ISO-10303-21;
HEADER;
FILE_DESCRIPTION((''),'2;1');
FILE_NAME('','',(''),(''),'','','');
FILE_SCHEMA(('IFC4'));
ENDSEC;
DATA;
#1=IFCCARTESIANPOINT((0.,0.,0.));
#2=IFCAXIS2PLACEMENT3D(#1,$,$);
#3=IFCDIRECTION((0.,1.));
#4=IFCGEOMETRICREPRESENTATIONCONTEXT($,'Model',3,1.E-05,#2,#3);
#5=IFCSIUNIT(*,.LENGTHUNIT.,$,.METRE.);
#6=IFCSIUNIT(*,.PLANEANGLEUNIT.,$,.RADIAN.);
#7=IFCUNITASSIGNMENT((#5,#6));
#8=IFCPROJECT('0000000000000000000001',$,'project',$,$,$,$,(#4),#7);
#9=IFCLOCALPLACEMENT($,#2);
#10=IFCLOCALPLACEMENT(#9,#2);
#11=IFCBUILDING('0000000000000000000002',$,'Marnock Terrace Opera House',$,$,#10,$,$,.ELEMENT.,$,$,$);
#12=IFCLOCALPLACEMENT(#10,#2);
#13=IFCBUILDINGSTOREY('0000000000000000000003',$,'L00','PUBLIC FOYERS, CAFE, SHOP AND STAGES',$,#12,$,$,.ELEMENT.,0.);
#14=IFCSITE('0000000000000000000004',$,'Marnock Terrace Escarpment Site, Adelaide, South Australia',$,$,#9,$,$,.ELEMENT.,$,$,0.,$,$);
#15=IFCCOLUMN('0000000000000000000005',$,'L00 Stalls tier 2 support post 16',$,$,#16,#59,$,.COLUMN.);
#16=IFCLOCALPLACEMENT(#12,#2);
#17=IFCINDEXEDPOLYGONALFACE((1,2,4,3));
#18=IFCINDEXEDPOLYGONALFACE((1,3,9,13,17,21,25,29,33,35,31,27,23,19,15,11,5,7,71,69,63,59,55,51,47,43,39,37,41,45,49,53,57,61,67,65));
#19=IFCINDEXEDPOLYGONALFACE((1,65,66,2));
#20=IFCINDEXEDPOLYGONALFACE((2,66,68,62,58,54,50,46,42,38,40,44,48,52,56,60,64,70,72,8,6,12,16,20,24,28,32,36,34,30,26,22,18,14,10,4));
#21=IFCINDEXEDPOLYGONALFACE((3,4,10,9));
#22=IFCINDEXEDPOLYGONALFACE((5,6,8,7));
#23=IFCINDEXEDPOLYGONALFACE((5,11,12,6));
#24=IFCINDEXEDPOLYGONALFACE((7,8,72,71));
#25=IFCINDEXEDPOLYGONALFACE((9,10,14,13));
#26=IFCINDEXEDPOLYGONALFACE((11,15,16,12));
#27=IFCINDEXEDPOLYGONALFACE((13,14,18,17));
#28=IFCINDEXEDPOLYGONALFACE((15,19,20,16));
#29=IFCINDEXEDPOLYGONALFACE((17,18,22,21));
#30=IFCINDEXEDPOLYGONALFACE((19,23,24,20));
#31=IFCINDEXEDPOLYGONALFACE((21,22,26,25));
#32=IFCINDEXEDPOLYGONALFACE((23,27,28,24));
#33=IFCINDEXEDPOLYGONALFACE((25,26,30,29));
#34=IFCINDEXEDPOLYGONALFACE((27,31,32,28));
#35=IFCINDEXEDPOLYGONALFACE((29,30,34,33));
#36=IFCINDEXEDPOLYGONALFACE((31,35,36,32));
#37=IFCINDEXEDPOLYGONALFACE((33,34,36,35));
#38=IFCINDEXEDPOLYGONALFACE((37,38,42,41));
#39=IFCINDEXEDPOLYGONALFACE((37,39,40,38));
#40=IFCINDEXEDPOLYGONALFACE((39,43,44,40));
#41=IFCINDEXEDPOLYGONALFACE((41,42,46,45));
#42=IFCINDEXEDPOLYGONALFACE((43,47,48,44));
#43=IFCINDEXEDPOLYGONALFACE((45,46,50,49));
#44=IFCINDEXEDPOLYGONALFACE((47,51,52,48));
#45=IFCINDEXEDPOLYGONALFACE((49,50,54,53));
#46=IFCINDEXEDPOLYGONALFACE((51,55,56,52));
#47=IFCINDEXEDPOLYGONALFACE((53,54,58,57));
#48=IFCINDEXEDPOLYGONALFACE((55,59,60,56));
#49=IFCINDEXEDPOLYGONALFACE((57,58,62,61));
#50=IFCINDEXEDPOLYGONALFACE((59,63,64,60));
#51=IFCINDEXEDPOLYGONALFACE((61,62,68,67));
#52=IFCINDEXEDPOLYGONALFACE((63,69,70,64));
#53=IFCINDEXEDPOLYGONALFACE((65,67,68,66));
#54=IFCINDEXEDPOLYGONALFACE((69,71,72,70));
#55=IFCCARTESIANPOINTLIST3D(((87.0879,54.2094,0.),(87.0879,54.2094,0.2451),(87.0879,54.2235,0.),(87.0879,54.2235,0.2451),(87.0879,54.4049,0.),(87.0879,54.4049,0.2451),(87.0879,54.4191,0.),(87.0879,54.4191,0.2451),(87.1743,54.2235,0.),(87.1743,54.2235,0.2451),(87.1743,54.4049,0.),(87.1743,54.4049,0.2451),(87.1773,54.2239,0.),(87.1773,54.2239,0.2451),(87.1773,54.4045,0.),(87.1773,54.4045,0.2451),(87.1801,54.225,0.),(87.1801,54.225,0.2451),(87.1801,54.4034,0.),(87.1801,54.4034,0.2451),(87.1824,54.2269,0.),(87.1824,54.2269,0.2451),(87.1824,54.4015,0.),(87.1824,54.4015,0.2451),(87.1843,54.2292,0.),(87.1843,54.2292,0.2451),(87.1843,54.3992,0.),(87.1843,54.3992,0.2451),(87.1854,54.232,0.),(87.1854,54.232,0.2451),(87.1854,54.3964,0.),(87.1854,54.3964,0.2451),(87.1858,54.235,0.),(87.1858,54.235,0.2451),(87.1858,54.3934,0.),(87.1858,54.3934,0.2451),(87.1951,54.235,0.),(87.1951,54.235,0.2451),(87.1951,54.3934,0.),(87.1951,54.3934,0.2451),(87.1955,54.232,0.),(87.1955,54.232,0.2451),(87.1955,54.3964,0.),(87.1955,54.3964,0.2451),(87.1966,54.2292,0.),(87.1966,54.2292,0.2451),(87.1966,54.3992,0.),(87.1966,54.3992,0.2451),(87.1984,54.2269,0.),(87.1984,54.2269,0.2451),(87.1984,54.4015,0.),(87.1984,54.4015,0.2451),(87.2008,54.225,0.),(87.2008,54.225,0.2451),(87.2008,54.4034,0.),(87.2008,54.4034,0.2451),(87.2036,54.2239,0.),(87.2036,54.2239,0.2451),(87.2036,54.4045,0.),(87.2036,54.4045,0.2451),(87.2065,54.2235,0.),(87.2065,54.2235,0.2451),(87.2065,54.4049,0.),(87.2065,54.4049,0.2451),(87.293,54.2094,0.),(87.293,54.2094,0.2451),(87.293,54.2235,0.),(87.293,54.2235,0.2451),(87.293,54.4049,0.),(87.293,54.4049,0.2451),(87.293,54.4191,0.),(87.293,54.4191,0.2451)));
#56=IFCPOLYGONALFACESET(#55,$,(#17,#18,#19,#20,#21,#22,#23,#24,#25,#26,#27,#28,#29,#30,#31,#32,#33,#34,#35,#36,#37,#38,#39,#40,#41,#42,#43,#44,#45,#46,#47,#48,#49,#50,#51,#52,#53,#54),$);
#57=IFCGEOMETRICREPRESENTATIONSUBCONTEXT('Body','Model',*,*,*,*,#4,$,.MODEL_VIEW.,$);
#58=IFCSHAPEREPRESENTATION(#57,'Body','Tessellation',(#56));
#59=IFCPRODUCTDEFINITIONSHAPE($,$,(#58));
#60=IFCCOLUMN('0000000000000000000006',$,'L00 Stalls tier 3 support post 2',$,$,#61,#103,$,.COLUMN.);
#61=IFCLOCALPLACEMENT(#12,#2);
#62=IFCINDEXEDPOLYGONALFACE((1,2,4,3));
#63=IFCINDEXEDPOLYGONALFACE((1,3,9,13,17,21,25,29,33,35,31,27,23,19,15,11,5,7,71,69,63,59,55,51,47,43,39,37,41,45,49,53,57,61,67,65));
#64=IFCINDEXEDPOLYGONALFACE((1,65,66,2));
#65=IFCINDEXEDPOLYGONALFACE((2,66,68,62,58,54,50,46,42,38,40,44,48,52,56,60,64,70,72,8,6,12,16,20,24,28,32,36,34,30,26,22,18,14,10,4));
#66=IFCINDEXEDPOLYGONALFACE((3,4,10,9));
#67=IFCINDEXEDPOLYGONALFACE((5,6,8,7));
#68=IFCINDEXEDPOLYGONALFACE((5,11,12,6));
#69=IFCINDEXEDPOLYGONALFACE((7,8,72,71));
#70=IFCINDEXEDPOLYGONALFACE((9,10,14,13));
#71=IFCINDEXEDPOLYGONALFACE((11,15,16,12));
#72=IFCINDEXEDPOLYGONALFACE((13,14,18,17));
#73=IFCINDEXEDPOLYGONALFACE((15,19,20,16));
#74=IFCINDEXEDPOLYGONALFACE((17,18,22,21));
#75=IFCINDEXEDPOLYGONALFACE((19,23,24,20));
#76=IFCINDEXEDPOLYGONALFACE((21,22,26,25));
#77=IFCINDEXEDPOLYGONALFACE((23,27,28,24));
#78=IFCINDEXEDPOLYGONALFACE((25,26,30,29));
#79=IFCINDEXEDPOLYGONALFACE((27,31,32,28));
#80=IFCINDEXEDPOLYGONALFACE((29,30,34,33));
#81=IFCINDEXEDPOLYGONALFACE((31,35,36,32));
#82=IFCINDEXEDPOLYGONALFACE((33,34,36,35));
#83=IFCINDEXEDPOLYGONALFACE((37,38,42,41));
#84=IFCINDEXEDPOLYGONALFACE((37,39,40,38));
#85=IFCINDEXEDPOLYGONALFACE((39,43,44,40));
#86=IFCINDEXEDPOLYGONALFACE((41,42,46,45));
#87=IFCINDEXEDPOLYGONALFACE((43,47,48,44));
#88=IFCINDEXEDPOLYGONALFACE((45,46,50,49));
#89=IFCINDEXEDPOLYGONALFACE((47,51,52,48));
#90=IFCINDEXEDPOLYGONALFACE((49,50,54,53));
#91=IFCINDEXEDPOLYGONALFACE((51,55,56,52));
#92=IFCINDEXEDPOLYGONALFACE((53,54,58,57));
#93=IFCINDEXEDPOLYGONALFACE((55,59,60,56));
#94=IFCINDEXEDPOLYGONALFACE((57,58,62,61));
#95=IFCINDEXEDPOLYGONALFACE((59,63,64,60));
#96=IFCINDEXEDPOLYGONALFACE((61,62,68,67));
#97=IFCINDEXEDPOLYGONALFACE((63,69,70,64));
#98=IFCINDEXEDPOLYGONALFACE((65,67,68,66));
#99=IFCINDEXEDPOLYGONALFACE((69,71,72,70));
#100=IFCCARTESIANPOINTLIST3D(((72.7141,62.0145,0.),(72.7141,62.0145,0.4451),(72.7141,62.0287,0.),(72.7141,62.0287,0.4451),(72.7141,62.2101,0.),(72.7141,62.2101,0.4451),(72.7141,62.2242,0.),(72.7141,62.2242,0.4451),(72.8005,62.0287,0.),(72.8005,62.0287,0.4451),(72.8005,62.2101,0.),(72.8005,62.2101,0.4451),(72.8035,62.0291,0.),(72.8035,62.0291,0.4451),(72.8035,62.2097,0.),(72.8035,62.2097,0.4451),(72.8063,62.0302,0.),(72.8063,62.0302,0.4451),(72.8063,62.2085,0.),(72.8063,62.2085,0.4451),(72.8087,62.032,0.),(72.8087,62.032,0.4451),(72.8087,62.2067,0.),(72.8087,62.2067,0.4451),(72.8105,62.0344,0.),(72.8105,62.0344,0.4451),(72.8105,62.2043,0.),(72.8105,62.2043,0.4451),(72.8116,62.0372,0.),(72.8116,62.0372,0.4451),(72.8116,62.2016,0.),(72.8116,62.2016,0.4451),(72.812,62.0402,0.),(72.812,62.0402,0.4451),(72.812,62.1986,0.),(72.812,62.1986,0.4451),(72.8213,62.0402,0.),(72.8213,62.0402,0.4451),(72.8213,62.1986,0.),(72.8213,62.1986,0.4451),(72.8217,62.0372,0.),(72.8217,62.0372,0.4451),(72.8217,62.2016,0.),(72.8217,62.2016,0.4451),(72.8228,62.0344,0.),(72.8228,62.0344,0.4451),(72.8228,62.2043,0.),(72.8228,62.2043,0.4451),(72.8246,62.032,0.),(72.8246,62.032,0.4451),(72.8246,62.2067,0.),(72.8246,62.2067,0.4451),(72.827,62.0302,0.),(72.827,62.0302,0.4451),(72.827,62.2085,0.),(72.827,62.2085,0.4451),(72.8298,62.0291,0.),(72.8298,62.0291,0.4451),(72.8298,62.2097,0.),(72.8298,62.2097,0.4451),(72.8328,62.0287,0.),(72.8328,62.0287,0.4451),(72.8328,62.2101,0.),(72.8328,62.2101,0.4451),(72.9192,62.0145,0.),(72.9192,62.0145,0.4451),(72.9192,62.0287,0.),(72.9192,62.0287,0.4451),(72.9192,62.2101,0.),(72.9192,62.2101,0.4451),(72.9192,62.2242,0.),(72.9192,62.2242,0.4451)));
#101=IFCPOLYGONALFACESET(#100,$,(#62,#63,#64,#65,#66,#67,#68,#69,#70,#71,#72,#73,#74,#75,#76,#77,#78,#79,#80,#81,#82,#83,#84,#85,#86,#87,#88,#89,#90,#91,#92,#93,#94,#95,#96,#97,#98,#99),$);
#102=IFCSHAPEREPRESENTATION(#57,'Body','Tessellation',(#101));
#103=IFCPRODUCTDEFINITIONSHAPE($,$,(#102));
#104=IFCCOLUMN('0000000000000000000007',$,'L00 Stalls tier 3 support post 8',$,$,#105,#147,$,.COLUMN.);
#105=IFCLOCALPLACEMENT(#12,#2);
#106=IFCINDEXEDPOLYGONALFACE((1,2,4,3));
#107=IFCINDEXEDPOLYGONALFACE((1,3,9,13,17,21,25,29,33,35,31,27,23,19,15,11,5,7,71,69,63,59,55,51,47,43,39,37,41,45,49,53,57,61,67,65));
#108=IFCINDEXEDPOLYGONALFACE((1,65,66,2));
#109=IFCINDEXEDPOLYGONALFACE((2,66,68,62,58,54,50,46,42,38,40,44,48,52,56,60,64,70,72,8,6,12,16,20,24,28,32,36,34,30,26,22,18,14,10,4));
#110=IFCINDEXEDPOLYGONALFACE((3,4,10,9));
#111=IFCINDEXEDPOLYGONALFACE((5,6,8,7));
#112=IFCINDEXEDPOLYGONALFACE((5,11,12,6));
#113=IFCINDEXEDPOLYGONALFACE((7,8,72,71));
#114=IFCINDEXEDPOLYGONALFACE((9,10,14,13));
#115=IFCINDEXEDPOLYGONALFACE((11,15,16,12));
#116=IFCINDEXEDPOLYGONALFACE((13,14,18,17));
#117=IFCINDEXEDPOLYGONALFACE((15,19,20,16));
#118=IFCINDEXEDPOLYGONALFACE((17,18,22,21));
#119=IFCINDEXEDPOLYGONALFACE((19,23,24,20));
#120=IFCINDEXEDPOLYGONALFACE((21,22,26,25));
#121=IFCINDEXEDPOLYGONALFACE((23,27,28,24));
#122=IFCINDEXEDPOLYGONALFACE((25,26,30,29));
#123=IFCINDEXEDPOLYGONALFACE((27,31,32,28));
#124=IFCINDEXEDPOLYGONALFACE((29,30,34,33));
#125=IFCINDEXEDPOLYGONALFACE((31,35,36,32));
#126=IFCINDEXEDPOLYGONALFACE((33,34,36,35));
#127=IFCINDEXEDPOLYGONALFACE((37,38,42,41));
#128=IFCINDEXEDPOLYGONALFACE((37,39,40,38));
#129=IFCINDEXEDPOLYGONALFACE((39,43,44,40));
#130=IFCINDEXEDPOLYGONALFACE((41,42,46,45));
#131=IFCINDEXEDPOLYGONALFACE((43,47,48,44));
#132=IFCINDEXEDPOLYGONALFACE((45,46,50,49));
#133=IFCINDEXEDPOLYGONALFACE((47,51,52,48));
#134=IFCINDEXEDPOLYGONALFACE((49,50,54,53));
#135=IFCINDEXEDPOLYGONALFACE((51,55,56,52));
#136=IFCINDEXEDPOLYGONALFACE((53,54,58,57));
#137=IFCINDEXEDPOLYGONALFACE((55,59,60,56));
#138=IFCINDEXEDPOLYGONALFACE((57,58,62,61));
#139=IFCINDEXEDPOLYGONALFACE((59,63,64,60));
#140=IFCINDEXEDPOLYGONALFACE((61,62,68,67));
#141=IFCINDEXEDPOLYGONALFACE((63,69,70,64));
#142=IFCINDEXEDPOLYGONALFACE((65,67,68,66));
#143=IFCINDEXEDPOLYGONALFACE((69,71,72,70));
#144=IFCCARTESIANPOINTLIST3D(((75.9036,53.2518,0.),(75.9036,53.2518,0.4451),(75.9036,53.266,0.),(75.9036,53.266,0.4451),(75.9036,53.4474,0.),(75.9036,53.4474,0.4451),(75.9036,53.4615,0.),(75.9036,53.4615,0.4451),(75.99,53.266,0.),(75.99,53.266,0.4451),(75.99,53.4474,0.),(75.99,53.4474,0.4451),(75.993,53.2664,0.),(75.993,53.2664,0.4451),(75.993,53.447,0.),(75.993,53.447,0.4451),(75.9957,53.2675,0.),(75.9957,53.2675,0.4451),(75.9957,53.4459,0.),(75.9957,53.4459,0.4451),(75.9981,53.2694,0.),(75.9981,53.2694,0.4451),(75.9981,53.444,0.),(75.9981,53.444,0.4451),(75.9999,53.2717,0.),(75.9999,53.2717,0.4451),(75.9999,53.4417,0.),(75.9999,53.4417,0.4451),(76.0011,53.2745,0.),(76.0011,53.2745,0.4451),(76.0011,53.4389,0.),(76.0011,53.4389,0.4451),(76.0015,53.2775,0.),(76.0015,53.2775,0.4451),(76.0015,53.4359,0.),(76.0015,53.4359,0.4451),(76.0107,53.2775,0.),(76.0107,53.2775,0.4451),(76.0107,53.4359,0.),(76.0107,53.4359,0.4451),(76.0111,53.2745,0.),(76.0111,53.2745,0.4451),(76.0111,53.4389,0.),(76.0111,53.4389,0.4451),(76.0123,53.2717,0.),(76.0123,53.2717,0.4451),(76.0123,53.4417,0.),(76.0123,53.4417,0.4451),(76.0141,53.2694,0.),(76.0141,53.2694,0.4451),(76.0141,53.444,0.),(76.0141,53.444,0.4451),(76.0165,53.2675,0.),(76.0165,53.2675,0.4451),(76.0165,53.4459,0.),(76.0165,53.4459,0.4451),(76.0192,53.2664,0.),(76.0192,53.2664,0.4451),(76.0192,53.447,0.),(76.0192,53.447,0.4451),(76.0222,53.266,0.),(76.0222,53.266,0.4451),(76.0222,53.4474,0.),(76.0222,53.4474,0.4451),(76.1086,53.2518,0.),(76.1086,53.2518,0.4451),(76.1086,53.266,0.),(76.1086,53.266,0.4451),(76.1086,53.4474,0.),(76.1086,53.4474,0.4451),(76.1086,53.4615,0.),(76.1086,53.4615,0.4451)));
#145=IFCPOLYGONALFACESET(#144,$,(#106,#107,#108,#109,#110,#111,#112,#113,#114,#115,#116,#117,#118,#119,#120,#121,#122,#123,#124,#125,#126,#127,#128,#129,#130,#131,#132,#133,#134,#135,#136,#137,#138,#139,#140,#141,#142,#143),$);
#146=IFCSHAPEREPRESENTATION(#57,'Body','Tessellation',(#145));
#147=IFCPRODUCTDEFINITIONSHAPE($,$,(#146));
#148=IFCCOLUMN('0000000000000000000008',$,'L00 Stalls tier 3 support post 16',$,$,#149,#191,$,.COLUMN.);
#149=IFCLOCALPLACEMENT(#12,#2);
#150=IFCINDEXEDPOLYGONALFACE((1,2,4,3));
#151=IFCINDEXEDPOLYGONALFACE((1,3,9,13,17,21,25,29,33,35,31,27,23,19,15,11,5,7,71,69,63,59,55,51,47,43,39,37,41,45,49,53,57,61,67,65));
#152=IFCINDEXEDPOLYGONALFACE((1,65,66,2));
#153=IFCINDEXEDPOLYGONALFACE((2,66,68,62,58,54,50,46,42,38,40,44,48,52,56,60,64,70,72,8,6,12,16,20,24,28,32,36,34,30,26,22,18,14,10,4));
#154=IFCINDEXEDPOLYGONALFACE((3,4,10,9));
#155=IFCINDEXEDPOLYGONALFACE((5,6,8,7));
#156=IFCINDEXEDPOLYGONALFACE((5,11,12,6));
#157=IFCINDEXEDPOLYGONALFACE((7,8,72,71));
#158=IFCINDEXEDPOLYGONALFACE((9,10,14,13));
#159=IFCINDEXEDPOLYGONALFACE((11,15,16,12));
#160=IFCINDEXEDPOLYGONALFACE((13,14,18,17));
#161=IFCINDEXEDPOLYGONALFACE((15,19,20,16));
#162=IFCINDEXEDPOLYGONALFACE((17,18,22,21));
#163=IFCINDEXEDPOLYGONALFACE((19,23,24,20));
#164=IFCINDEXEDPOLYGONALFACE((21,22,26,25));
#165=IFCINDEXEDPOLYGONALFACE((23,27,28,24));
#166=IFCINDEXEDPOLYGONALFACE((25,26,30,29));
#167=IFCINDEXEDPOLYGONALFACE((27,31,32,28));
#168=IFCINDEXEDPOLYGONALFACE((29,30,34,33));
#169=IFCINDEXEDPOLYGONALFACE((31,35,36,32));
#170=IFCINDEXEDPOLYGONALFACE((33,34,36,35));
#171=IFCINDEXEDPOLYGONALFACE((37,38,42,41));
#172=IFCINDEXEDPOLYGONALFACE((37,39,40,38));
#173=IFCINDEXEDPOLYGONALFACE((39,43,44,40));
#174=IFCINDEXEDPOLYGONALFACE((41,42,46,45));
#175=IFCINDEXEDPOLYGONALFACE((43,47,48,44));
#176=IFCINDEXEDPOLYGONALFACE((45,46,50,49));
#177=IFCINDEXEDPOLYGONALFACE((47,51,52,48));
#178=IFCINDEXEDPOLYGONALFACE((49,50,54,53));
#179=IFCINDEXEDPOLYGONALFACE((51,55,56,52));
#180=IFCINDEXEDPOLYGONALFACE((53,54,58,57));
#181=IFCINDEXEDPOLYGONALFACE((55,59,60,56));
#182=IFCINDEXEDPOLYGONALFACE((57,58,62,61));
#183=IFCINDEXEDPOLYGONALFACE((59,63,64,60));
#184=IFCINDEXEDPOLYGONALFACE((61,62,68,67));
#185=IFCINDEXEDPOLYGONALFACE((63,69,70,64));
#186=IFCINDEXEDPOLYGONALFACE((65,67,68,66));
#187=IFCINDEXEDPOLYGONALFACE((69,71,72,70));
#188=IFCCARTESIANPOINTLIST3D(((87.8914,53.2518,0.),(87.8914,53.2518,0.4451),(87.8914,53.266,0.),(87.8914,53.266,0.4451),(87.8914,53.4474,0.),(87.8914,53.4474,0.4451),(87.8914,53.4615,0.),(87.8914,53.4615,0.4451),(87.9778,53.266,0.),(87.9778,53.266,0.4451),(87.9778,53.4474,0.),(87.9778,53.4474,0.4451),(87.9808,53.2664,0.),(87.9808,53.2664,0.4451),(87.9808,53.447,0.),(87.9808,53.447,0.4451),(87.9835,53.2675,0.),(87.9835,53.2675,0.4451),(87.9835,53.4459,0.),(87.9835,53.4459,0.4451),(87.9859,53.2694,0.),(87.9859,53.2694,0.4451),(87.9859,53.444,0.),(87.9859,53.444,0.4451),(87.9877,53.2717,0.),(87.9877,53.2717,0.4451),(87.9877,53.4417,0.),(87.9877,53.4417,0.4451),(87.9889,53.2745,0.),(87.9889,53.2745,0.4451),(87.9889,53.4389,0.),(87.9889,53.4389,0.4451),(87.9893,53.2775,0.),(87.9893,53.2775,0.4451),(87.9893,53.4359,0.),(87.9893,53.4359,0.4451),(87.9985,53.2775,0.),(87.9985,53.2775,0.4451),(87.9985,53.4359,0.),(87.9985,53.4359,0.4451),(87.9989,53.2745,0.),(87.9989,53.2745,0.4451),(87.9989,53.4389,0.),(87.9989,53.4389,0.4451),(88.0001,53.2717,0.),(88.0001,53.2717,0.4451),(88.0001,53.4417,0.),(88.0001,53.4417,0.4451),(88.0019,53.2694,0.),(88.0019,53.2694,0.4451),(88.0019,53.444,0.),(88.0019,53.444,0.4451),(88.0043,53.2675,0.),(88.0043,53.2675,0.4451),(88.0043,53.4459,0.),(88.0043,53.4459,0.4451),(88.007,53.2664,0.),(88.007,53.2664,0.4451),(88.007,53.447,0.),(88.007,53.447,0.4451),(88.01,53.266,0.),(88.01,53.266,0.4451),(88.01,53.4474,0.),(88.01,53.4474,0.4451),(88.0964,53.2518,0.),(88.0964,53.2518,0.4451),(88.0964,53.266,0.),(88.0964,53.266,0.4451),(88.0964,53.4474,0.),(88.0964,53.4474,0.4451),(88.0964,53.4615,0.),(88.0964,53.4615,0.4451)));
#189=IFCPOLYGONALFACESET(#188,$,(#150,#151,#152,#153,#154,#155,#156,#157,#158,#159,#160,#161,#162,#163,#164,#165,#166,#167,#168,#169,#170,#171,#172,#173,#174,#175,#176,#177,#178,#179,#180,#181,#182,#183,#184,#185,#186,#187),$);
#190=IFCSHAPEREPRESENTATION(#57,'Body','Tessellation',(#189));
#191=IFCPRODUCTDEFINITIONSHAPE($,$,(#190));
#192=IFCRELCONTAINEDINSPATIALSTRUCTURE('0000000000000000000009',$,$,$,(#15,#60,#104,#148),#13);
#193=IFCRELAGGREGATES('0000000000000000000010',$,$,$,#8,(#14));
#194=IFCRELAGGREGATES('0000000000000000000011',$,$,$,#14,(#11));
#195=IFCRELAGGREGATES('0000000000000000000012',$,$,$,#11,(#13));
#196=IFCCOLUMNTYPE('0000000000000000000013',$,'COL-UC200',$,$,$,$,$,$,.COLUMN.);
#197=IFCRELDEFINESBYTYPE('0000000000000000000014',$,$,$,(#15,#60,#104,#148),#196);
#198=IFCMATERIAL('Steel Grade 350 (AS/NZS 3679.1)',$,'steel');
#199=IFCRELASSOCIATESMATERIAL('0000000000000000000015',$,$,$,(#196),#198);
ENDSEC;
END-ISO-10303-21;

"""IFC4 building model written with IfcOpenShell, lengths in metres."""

from ifc_helpers import new_model, si_unit, direction, frame, origin, origin_2d, place, context, subcontext, project, spatial, i_section, extrude, material, material_profile, profile_set, type_object, element, save


model = new_model("IFC4")

# Units and contexts
model_context = context("Model", 3, precision=1e-05, world=origin(), true_north=direction((0.0, 1.0)))
body_context = subcontext(model_context, "Body", "Model", "MODEL_VIEW")
ifc_project = project(units=[si_unit("LENGTHUNIT", "METRE"), si_unit("PLANEANGLEUNIT", "RADIAN")], contexts=[model_context])

# Site, building, storey
site_placement = place(None, origin())
site = spatial("IfcSite", under=ifc_project, at=site_placement, Name="Marnock Terrace Escarpment Site, Adelaide, South Australia", CompositionType="ELEMENT", RefElevation=0.0)
building_placement = place(site_placement, origin())
building = spatial("IfcBuilding", under=site, at=building_placement, Name="Marnock Terrace Opera House", CompositionType="ELEMENT")
storey_placement = place(building_placement, origin())
storey = spatial("IfcBuildingStorey", under=building, at=storey_placement, Name="L00", Description="PUBLIC FOYERS, CAFE, SHOP AND STAGES", CompositionType="ELEMENT", Elevation=0.0)

# Columns
ifc_material_1 = material(Name="Steel Grade 350 (AS/NZS 3679.1)", Category="steel")
ifc_material_profile_1 = material_profile(ifc_material_1, i_section(OverallWidth=0.2051, OverallDepth=0.2097, WebThickness=0.0093, FlangeThickness=0.0142, FilletRadius=0.0115, at=origin_2d()))
ifc_profile_set_1 = profile_set([ifc_material_profile_1], Name="Steel Grade 350 (AS/NZS 3679.1)")
column_type_1 = type_object("IfcColumnType", Name="COL-UC200", PredefinedType="COLUMN", material=ifc_profile_set_1)
for number, where, z_axis, x_axis, name in (
    (1, (87.1904, 54.3142, 0.0), (0.0, 0.0, 1.0), (1.0, 0.0, 0.0), "L00 Stalls tier 2 support post 16"),
):
    element("IfcColumn", number, at=place(storey_placement, frame(where, z_axis=z_axis, x_axis=x_axis)), inside=storey, type_object=column_type_1, Name=name, PredefinedType="COLUMN", context=body_context, shape_type="SweptSolid", body=[
        extrude(i_section(OverallWidth=0.2051, OverallDepth=0.2097, WebThickness=0.0093, FlangeThickness=0.0142, FilletRadius=0.0115, at=origin_2d()), origin(), (0.0, 0.0, 1.0), 0.2451),
    ])
for number, where, z_axis, x_axis, name in (
    (2, (72.8167, 62.1194, 0.0), (0.0, 0.0, 1.0), (1.0, 0.0, 0.0), "L00 Stalls tier 3 support post 2"),
    (3, (76.0061, 53.3567, 0.0), (0.0, 0.0, 1.0), (1.0, 0.0, 0.0), "L00 Stalls tier 3 support post 8"),
    (4, (87.9939, 53.3567, 0.0), (0.0, 0.0, 1.0), (1.0, 0.0, 0.0), "L00 Stalls tier 3 support post 16"),
):
    element("IfcColumn", number, at=place(storey_placement, frame(where, z_axis=z_axis, x_axis=x_axis)), inside=storey, type_object=column_type_1, Name=name, PredefinedType="COLUMN", context=body_context, shape_type="SweptSolid", body=[
        extrude(i_section(OverallWidth=0.2051, OverallDepth=0.2097, WebThickness=0.0093, FlangeThickness=0.0142, FilletRadius=0.0115, at=origin_2d()), origin(), (0.0, 0.0, 1.0), 0.4451),
    ])

save(model, "model.ifc")
